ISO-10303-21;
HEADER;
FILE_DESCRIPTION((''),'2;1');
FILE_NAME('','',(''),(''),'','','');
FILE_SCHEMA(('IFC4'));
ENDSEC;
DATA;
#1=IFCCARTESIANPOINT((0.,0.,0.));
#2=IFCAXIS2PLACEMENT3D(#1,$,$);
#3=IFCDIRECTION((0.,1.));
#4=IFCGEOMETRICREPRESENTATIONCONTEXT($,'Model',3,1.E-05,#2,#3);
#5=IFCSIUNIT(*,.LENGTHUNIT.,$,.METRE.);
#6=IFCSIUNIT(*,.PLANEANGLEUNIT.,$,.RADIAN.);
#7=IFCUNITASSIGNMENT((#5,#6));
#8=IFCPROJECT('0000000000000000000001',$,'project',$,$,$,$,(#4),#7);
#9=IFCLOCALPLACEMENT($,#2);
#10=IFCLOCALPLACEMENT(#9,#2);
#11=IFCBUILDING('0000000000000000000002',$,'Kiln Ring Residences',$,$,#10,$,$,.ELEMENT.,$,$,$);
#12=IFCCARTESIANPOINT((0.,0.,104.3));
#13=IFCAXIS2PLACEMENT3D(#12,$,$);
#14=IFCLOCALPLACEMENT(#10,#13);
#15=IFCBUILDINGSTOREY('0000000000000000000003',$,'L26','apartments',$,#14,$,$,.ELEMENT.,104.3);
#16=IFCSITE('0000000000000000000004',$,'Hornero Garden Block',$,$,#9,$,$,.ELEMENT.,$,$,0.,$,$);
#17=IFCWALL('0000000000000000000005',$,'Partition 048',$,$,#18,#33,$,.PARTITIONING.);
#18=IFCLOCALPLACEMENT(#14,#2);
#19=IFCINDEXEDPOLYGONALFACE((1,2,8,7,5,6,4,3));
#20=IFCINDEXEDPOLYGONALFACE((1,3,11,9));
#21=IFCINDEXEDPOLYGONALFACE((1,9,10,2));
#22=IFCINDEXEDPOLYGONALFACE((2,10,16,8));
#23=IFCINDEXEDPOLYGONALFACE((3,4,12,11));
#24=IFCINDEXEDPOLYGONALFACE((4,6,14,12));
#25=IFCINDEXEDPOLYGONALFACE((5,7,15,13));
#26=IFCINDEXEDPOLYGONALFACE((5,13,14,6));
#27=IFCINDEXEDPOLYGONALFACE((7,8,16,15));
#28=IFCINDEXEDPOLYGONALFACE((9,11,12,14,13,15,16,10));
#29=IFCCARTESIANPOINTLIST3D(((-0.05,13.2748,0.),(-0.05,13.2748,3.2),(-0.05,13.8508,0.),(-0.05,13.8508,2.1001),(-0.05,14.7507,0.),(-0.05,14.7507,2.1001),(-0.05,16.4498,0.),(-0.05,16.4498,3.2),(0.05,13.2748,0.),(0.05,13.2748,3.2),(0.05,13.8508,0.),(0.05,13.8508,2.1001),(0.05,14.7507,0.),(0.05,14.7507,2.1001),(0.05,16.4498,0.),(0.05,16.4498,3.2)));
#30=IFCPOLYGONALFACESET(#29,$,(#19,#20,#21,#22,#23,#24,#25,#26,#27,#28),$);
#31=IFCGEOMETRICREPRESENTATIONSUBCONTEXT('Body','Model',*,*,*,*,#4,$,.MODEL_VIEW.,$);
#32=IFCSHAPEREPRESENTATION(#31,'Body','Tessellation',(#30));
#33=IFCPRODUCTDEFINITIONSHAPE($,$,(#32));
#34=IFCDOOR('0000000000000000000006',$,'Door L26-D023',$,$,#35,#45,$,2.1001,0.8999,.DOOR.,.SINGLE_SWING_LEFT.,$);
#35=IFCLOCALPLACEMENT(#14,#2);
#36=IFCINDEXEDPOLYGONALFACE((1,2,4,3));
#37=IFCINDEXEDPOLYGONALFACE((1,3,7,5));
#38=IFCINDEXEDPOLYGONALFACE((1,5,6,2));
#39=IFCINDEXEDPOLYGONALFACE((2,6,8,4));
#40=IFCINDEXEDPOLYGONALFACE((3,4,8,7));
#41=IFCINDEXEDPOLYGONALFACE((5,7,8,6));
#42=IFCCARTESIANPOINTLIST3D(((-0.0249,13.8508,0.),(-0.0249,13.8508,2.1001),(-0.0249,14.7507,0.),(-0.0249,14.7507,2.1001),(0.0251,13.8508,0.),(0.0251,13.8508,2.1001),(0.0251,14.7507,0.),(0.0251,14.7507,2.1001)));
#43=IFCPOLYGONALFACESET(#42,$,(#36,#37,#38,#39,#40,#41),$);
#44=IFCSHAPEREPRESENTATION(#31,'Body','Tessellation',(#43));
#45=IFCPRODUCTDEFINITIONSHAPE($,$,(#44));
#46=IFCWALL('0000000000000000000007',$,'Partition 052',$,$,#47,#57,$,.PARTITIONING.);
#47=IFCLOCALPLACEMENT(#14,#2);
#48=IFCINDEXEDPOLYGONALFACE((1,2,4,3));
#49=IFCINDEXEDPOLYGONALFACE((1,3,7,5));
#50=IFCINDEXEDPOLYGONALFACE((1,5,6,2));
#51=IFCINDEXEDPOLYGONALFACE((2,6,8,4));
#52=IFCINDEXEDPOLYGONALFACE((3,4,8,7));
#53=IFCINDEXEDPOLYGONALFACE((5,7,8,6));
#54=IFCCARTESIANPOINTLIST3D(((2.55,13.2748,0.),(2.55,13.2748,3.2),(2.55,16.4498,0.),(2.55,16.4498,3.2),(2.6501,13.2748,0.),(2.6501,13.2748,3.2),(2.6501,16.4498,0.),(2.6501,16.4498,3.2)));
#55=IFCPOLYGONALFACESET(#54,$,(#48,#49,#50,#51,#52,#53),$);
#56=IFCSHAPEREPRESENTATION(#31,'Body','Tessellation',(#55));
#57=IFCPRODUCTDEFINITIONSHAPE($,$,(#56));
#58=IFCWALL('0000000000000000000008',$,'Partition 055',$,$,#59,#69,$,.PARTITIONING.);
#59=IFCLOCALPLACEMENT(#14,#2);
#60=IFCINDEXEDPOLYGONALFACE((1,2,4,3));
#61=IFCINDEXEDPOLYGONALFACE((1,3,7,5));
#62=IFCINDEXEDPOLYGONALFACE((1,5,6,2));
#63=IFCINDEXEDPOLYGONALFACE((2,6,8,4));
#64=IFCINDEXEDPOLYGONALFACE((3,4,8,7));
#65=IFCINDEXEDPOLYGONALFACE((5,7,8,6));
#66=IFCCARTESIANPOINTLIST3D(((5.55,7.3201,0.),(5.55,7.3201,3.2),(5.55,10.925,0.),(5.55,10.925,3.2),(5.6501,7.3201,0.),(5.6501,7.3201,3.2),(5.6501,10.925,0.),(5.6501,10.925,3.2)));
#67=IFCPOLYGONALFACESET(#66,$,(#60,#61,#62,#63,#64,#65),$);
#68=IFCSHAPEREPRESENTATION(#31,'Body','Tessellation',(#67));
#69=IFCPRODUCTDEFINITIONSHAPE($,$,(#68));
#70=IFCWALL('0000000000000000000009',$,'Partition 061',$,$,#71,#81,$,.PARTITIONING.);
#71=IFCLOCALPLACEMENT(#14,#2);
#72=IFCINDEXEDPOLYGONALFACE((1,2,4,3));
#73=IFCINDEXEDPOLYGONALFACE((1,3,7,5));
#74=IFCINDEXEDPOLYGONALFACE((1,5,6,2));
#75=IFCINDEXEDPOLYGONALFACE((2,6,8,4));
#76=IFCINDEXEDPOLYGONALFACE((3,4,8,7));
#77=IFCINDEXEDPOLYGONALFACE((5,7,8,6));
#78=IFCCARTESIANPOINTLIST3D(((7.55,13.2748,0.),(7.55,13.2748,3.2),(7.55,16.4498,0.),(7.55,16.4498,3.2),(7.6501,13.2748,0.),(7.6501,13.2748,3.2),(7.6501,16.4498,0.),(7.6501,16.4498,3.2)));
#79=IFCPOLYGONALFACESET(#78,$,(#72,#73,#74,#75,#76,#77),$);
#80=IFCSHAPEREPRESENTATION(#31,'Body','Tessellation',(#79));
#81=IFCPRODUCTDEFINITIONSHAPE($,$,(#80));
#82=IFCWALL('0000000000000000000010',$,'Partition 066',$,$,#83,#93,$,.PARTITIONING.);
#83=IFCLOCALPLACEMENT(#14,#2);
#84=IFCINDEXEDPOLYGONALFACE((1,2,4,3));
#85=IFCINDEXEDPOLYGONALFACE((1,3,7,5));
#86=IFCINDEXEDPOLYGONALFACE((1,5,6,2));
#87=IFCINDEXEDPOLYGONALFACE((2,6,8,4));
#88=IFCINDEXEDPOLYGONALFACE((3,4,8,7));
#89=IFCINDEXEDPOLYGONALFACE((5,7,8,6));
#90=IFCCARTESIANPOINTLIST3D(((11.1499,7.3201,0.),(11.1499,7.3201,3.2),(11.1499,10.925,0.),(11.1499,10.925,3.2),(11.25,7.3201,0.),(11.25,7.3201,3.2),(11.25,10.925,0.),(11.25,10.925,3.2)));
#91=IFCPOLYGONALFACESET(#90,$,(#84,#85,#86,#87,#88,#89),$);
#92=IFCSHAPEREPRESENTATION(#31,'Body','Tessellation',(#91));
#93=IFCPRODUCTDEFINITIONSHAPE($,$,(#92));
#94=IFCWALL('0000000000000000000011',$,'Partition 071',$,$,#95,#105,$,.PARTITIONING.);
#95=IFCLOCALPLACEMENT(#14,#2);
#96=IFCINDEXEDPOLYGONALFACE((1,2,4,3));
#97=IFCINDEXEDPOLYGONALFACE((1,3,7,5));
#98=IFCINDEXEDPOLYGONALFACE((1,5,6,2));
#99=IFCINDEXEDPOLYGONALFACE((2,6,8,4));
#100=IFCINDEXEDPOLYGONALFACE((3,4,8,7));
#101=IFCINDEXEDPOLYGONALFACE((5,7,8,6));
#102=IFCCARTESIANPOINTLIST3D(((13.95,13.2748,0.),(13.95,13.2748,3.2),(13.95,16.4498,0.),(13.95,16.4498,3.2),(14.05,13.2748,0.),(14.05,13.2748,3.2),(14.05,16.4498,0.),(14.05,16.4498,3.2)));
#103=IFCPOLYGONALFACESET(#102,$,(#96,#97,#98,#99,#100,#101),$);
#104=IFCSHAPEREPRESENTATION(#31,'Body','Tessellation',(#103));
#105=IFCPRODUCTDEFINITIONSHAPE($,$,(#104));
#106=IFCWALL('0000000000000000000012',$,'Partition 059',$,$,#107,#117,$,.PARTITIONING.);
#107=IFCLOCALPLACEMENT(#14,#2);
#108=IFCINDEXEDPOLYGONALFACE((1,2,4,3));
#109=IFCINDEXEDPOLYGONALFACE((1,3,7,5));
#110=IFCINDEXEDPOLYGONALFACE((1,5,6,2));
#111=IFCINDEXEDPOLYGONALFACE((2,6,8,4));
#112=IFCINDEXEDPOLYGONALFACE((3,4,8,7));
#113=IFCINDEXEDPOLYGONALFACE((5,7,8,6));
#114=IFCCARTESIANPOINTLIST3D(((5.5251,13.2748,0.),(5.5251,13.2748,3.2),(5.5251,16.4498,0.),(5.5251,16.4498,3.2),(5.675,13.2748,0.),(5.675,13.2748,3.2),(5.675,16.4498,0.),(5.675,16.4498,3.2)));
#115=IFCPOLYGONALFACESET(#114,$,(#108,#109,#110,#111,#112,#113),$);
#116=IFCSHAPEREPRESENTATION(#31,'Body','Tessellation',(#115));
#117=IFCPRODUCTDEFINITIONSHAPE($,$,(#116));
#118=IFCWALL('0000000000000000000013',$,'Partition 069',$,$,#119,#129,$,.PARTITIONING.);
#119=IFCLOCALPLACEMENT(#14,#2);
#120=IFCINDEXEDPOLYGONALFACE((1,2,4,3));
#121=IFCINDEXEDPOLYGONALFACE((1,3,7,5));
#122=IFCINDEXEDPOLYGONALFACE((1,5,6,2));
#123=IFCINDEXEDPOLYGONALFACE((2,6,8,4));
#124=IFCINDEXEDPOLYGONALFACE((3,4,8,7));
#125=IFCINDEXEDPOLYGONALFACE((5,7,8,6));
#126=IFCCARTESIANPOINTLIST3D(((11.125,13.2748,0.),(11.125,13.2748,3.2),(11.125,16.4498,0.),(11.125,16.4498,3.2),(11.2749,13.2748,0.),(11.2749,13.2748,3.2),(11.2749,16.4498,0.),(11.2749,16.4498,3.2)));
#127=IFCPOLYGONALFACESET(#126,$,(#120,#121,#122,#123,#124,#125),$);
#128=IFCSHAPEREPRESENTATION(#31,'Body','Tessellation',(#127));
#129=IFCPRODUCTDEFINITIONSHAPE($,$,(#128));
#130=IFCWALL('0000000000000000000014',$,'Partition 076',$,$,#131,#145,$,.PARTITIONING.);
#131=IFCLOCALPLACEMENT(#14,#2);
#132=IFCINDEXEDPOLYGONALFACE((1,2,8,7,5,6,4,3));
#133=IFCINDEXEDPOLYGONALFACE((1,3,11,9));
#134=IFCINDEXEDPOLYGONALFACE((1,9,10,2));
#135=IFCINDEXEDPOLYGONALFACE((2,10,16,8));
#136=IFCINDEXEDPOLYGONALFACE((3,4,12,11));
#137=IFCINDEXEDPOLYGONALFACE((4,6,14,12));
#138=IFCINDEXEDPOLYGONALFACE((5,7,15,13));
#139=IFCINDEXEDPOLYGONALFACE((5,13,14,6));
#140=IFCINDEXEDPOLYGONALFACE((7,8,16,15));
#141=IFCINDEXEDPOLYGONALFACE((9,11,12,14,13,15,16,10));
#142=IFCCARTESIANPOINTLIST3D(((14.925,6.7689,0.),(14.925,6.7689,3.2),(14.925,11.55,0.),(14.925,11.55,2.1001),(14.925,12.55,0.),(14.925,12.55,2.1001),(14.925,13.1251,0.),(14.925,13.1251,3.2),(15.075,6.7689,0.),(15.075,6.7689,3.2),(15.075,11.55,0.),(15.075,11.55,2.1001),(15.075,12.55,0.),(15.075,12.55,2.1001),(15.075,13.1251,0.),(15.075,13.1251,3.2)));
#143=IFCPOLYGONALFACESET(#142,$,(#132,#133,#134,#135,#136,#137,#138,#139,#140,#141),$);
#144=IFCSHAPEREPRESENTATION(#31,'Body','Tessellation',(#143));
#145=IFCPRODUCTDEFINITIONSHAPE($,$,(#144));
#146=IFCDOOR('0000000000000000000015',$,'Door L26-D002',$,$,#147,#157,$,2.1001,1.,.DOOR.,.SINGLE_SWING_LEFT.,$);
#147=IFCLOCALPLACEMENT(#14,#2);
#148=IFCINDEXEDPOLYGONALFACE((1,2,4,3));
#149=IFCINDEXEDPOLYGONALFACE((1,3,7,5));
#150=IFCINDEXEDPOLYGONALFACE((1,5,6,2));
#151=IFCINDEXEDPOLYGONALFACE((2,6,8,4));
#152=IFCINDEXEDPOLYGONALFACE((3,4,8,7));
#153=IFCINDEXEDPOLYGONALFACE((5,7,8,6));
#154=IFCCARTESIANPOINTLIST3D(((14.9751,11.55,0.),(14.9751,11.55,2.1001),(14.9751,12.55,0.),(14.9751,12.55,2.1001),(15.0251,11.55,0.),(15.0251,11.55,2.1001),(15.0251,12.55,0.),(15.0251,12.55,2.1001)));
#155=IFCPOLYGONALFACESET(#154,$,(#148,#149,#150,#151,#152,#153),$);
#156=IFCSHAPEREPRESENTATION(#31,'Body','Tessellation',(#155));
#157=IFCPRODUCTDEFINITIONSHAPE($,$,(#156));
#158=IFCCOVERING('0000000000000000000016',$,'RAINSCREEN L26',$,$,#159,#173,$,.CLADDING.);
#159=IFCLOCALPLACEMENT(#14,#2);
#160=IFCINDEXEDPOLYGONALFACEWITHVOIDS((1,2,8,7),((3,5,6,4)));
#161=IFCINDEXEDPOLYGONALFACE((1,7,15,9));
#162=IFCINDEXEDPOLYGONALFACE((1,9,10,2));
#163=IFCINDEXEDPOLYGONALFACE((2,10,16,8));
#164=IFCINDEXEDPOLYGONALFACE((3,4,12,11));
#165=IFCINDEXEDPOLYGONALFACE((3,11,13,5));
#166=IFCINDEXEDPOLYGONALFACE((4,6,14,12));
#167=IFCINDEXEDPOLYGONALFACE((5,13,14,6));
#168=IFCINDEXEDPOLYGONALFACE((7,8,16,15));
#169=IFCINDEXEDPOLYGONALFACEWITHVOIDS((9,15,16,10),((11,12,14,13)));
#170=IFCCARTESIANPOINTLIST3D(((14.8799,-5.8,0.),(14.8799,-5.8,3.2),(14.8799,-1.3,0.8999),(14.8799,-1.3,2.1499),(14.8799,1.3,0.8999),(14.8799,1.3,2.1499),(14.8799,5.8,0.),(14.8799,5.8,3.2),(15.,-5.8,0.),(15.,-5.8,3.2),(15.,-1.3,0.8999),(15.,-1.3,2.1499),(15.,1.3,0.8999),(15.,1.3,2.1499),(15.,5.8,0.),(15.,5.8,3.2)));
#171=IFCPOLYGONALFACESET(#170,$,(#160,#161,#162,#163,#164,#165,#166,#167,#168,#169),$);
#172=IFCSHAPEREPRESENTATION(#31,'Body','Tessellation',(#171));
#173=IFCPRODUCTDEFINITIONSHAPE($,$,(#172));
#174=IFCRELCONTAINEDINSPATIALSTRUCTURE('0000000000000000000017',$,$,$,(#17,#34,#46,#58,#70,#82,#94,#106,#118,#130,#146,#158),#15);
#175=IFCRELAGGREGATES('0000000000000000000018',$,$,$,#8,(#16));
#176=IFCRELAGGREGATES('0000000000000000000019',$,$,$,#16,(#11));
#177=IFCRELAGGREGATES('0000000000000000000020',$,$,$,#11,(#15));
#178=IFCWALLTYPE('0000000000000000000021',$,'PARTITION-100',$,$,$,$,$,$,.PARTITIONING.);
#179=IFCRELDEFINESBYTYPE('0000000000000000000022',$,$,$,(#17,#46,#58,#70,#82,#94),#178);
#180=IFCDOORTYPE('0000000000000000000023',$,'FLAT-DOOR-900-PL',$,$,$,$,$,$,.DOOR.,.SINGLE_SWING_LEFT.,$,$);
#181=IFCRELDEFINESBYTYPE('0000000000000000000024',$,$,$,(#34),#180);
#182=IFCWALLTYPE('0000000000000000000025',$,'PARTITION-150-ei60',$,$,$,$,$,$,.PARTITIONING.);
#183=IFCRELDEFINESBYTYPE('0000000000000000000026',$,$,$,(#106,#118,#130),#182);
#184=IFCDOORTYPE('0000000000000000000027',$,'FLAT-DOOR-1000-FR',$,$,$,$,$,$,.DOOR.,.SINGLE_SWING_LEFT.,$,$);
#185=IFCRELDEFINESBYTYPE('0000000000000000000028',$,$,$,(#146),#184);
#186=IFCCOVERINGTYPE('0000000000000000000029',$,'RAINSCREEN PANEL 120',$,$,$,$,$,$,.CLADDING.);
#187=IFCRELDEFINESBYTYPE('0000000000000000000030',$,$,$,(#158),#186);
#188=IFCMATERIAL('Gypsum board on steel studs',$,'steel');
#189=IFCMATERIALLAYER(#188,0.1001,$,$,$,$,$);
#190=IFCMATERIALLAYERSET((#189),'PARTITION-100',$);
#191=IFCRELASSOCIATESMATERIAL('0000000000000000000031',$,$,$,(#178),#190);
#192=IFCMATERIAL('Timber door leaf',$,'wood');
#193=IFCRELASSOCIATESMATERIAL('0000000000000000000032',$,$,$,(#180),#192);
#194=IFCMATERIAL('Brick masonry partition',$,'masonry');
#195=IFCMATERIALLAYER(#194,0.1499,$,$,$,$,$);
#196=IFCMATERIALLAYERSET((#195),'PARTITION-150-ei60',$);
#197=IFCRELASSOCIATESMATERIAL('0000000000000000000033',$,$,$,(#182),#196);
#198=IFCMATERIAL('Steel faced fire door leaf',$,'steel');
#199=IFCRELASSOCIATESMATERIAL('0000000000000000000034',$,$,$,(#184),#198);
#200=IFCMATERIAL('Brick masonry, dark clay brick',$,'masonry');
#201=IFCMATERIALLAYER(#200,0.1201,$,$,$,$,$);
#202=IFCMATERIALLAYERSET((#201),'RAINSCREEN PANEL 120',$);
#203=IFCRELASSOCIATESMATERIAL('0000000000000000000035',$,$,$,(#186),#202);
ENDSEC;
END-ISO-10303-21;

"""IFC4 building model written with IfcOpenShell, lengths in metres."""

from ifc_helpers import new_model, si_unit, direction, frame, frame_2d, origin, place, context, subcontext, project, spatial, polyline, rectangle, outline, extrude, material, layer, layer_set, type_object, element, fill, save


model = new_model("IFC4")

# Units and contexts
model_context = context("Model", 3, precision=1e-05, world=origin(), true_north=direction((0.0, 1.0)))
body_context = subcontext(model_context, "Body", "Model", "MODEL_VIEW")
ifc_project = project(units=[si_unit("LENGTHUNIT", "METRE"), si_unit("PLANEANGLEUNIT", "RADIAN")], contexts=[model_context])

# Site, building, storey
site_placement = place(None, origin())
site = spatial("IfcSite", under=ifc_project, at=site_placement, Name="Hornero Garden Block", CompositionType="ELEMENT", RefElevation=0.0)
building_placement = place(site_placement, origin())
building = spatial("IfcBuilding", under=site, at=building_placement, Name="Kiln Ring Residences", CompositionType="ELEMENT")
storey_placement = place(building_placement, frame((0.0, 0.0, 104.3)))
storey = spatial("IfcBuildingStorey", under=building, at=storey_placement, Name="L26", Description="apartments", CompositionType="ELEMENT", Elevation=104.3)

# Shared definitions
ifc_material_1 = material(Name="Gypsum board on steel studs", Category="steel")
ifc_layer_1 = layer(ifc_material_1, 0.1001)
ifc_layer_set_1 = layer_set([ifc_layer_1], Name="PARTITION-100")
wall_type_1 = type_object("IfcWallType", Name="PARTITION-100", PredefinedType="PARTITIONING", material=ifc_layer_set_1)

# Wall, opening, door
wall_1_placement = place(storey_placement, frame((0.0, 13.2749, 0.0), z_axis=(0.0, 0.0, 1.0), x_axis=(0.0, 1.0, 0.0)))
wall_1 = element("IfcWall", 1, at=wall_1_placement, inside=storey, type_object=wall_type_1, Name="Partition 048", PredefinedType="PARTITIONING", context=body_context, shape_type="SweptSolid", body=[
    extrude(rectangle(XDim=3.175, YDim=0.1001, at=frame_2d((1.5874, 0.0))), origin(), (0.0, 0.0, 1.0), 3.2),
])
opening_1_placement = place(wall_1_placement, frame((0.5759, 0.0, 0.0)))
opening_1 = element("IfcOpeningElement", 2, at=opening_1_placement, cuts=wall_1, PredefinedType="OPENING", context=body_context, shape_type="SweptSolid", body=[
    extrude(rectangle(XDim=0.8999, YDim=2.1001, at=frame_2d((0.45, 1.05))), frame((0.0, 0.0601, 0.0), z_axis=(0.0, -1.0, 0.0), x_axis=(1.0, 0.0, 0.0)), (0.0, 0.0, 1.0), 0.1201),
])
ifc_material_2 = material(Name="Timber door leaf", Category="wood")
door_type_1 = type_object("IfcDoorType", Name="FLAT-DOOR-900-PL", OperationType="SINGLE_SWING_LEFT", PredefinedType="DOOR", material=ifc_material_2)
door_1_placement = place(opening_1_placement, origin())
door_1 = element("IfcDoor", 3, at=door_1_placement, inside=storey, type_object=door_type_1, Name="Door L26-D023", OperationType="SINGLE_SWING_LEFT", OverallHeight=2.1001, OverallWidth=0.8999, PredefinedType="DOOR", context=body_context, shape_type="SweptSolid", body=[
    extrude(rectangle(XDim=0.8999, YDim=2.1001, at=frame_2d((0.45, 1.05))), frame((0.0, 0.0249, 0.0), z_axis=(0.0, -1.0, 0.0), x_axis=(1.0, 0.0, 0.0)), (0.0, 0.0, 1.0), 0.05),
])
fill(opening_1, door_1)

# Walls
wall_2_placement = place(storey_placement, frame((2.6001, 13.2749, 0.0), z_axis=(0.0, 0.0, 1.0), x_axis=(0.0, 1.0, 0.0)))
element("IfcWall", 4, at=wall_2_placement, inside=storey, type_object=wall_type_1, Name="Partition 052", PredefinedType="PARTITIONING", context=body_context, shape_type="SweptSolid", body=[
    extrude(rectangle(XDim=3.175, YDim=0.1001, at=frame_2d((1.5874, 0.0))), origin(), (0.0, 0.0, 1.0), 3.2),
])
wall_3_placement = place(storey_placement, frame((5.6001, 7.3201, 0.0), z_axis=(0.0, 0.0, 1.0), x_axis=(0.0, 1.0, 0.0)))
element("IfcWall", 5, at=wall_3_placement, inside=storey, type_object=wall_type_1, Name="Partition 055", PredefinedType="PARTITIONING", context=body_context, shape_type="SweptSolid", body=[
    extrude(rectangle(XDim=3.605, YDim=0.1001, at=frame_2d((1.8025, 0.0))), origin(), (0.0, 0.0, 1.0), 3.2),
])
wall_4_placement = place(storey_placement, frame((7.6001, 13.2749, 0.0), z_axis=(0.0, 0.0, 1.0), x_axis=(0.0, 1.0, 0.0)))
element("IfcWall", 6, at=wall_4_placement, inside=storey, type_object=wall_type_1, Name="Partition 061", PredefinedType="PARTITIONING", context=body_context, shape_type="SweptSolid", body=[
    extrude(rectangle(XDim=3.175, YDim=0.1001, at=frame_2d((1.5874, 0.0))), origin(), (0.0, 0.0, 1.0), 3.2),
])
wall_5_placement = place(storey_placement, frame((11.2, 7.3201, 0.0), z_axis=(0.0, 0.0, 1.0), x_axis=(0.0, 1.0, 0.0)))
element("IfcWall", 7, at=wall_5_placement, inside=storey, type_object=wall_type_1, Name="Partition 066", PredefinedType="PARTITIONING", context=body_context, shape_type="SweptSolid", body=[
    extrude(rectangle(XDim=3.605, YDim=0.1001, at=frame_2d((1.8025, 0.0))), origin(), (0.0, 0.0, 1.0), 3.2),
])
wall_6_placement = place(storey_placement, frame((14.0, 13.2749, 0.0), z_axis=(0.0, 0.0, 1.0), x_axis=(0.0, 1.0, 0.0)))
element("IfcWall", 8, at=wall_6_placement, inside=storey, type_object=wall_type_1, Name="Partition 071", PredefinedType="PARTITIONING", context=body_context, shape_type="SweptSolid", body=[
    extrude(rectangle(XDim=3.175, YDim=0.1001, at=frame_2d((1.5874, 0.0))), origin(), (0.0, 0.0, 1.0), 3.2),
])
ifc_material_3 = material(Name="Brick masonry partition", Category="masonry")
ifc_layer_2 = layer(ifc_material_3, 0.1499)
ifc_layer_set_2 = layer_set([ifc_layer_2], Name="PARTITION-150-ei60")
wall_type_2 = type_object("IfcWallType", Name="PARTITION-150-ei60", PredefinedType="PARTITIONING", material=ifc_layer_set_2)
for number, where, z_axis, x_axis, name in (
    (9, (5.6001, 13.2749, 0.0), (0.0, 0.0, 1.0), (0.0, 1.0, 0.0), "Partition 059"),
    (10, (11.2, 13.2749, 0.0), (0.0, 0.0, 1.0), (0.0, 1.0, 0.0), "Partition 069"),
):
    element("IfcWall", number, at=place(storey_placement, frame(where, z_axis=z_axis, x_axis=x_axis)), inside=storey, type_object=wall_type_2, Name=name, PredefinedType="PARTITIONING", context=body_context, shape_type="SweptSolid", body=[
        extrude(rectangle(XDim=3.175, YDim=0.1499, at=frame_2d((1.5874, 0.0))), origin(), (0.0, 0.0, 1.0), 3.2),
    ])

# Wall, opening, door
wall_7_placement = place(storey_placement, frame((15.0, 6.7688, 0.0), z_axis=(0.0, 0.0, 1.0), x_axis=(0.0, 1.0, 0.0)))
wall_7 = element("IfcWall", 11, at=wall_7_placement, inside=storey, type_object=wall_type_2, Name="Partition 076", PredefinedType="PARTITIONING", context=body_context, shape_type="SweptSolid", body=[
    extrude(rectangle(XDim=6.3562, YDim=0.1499, at=frame_2d((3.1782, 0.0))), origin(), (0.0, 0.0, 1.0), 3.2),
])
opening_2_placement = place(wall_7_placement, frame((4.7812, 0.0, 0.0)))
opening_2 = element("IfcOpeningElement", 12, at=opening_2_placement, cuts=wall_7, PredefinedType="OPENING", context=body_context, shape_type="SweptSolid", body=[
    extrude(rectangle(XDim=1.0, YDim=2.1001, at=frame_2d((0.5, 1.05))), frame((0.0, 0.085, 0.0), z_axis=(0.0, -1.0, 0.0), x_axis=(1.0, 0.0, 0.0)), (0.0, 0.0, 1.0), 0.1699),
])
ifc_material_4 = material(Name="Steel faced fire door leaf", Category="steel")
door_type_2 = type_object("IfcDoorType", Name="FLAT-DOOR-1000-FR", OperationType="SINGLE_SWING_LEFT", PredefinedType="DOOR", material=ifc_material_4)
door_2_placement = place(opening_2_placement, origin())
door_2 = element("IfcDoor", 13, at=door_2_placement, inside=storey, type_object=door_type_2, Name="Door L26-D002", OperationType="SINGLE_SWING_LEFT", OverallHeight=2.1001, OverallWidth=1.0, PredefinedType="DOOR", context=body_context, shape_type="SweptSolid", body=[
    extrude(rectangle(XDim=1.0, YDim=2.1001, at=frame_2d((0.5, 1.05))), frame((0.0, 0.0249, 0.0), z_axis=(0.0, -1.0, 0.0), x_axis=(1.0, 0.0, 0.0)), (0.0, 0.0, 1.0), 0.05),
])
fill(opening_2, door_2)

# Covering
ifc_material_5 = material(Name="Brick masonry, dark clay brick", Category="masonry")
ifc_layer_3 = layer(ifc_material_5, 0.1201)
ifc_layer_set_3 = layer_set([ifc_layer_3], Name="RAINSCREEN PANEL 120")
covering_type = type_object("IfcCoveringType", Name="RAINSCREEN PANEL 120", PredefinedType="CLADDING", material=ifc_layer_set_3)
covering_placement = place(storey_placement, frame((14.9399, 5.8, 0.0), z_axis=(0.0, 0.0, 1.0), x_axis=(0.0, -1.0, 0.0)))
element("IfcCovering", 14, at=covering_placement, inside=storey, type_object=covering_type, Name="RAINSCREEN L26", PredefinedType="CLADDING", context=body_context, shape_type="SweptSolid", body=[
    extrude(outline(polyline([(0.0, 0.0), (11.6001, 0.0), (11.6001, 3.2), (0.0, 3.2), (0.0, 0.0)]), holes=[polyline([(4.5, 2.1499), (4.5, 0.8999), (7.1001, 0.8999), (7.1001, 2.1499), (4.5, 2.1499)])]), frame((0.0, 0.0601, 0.0), z_axis=(0.0, -1.0, 0.0), x_axis=(1.0, 0.0, 0.0)), (0.0, 0.0, 1.0), 0.1201),
])

save(model, "model.ifc")
